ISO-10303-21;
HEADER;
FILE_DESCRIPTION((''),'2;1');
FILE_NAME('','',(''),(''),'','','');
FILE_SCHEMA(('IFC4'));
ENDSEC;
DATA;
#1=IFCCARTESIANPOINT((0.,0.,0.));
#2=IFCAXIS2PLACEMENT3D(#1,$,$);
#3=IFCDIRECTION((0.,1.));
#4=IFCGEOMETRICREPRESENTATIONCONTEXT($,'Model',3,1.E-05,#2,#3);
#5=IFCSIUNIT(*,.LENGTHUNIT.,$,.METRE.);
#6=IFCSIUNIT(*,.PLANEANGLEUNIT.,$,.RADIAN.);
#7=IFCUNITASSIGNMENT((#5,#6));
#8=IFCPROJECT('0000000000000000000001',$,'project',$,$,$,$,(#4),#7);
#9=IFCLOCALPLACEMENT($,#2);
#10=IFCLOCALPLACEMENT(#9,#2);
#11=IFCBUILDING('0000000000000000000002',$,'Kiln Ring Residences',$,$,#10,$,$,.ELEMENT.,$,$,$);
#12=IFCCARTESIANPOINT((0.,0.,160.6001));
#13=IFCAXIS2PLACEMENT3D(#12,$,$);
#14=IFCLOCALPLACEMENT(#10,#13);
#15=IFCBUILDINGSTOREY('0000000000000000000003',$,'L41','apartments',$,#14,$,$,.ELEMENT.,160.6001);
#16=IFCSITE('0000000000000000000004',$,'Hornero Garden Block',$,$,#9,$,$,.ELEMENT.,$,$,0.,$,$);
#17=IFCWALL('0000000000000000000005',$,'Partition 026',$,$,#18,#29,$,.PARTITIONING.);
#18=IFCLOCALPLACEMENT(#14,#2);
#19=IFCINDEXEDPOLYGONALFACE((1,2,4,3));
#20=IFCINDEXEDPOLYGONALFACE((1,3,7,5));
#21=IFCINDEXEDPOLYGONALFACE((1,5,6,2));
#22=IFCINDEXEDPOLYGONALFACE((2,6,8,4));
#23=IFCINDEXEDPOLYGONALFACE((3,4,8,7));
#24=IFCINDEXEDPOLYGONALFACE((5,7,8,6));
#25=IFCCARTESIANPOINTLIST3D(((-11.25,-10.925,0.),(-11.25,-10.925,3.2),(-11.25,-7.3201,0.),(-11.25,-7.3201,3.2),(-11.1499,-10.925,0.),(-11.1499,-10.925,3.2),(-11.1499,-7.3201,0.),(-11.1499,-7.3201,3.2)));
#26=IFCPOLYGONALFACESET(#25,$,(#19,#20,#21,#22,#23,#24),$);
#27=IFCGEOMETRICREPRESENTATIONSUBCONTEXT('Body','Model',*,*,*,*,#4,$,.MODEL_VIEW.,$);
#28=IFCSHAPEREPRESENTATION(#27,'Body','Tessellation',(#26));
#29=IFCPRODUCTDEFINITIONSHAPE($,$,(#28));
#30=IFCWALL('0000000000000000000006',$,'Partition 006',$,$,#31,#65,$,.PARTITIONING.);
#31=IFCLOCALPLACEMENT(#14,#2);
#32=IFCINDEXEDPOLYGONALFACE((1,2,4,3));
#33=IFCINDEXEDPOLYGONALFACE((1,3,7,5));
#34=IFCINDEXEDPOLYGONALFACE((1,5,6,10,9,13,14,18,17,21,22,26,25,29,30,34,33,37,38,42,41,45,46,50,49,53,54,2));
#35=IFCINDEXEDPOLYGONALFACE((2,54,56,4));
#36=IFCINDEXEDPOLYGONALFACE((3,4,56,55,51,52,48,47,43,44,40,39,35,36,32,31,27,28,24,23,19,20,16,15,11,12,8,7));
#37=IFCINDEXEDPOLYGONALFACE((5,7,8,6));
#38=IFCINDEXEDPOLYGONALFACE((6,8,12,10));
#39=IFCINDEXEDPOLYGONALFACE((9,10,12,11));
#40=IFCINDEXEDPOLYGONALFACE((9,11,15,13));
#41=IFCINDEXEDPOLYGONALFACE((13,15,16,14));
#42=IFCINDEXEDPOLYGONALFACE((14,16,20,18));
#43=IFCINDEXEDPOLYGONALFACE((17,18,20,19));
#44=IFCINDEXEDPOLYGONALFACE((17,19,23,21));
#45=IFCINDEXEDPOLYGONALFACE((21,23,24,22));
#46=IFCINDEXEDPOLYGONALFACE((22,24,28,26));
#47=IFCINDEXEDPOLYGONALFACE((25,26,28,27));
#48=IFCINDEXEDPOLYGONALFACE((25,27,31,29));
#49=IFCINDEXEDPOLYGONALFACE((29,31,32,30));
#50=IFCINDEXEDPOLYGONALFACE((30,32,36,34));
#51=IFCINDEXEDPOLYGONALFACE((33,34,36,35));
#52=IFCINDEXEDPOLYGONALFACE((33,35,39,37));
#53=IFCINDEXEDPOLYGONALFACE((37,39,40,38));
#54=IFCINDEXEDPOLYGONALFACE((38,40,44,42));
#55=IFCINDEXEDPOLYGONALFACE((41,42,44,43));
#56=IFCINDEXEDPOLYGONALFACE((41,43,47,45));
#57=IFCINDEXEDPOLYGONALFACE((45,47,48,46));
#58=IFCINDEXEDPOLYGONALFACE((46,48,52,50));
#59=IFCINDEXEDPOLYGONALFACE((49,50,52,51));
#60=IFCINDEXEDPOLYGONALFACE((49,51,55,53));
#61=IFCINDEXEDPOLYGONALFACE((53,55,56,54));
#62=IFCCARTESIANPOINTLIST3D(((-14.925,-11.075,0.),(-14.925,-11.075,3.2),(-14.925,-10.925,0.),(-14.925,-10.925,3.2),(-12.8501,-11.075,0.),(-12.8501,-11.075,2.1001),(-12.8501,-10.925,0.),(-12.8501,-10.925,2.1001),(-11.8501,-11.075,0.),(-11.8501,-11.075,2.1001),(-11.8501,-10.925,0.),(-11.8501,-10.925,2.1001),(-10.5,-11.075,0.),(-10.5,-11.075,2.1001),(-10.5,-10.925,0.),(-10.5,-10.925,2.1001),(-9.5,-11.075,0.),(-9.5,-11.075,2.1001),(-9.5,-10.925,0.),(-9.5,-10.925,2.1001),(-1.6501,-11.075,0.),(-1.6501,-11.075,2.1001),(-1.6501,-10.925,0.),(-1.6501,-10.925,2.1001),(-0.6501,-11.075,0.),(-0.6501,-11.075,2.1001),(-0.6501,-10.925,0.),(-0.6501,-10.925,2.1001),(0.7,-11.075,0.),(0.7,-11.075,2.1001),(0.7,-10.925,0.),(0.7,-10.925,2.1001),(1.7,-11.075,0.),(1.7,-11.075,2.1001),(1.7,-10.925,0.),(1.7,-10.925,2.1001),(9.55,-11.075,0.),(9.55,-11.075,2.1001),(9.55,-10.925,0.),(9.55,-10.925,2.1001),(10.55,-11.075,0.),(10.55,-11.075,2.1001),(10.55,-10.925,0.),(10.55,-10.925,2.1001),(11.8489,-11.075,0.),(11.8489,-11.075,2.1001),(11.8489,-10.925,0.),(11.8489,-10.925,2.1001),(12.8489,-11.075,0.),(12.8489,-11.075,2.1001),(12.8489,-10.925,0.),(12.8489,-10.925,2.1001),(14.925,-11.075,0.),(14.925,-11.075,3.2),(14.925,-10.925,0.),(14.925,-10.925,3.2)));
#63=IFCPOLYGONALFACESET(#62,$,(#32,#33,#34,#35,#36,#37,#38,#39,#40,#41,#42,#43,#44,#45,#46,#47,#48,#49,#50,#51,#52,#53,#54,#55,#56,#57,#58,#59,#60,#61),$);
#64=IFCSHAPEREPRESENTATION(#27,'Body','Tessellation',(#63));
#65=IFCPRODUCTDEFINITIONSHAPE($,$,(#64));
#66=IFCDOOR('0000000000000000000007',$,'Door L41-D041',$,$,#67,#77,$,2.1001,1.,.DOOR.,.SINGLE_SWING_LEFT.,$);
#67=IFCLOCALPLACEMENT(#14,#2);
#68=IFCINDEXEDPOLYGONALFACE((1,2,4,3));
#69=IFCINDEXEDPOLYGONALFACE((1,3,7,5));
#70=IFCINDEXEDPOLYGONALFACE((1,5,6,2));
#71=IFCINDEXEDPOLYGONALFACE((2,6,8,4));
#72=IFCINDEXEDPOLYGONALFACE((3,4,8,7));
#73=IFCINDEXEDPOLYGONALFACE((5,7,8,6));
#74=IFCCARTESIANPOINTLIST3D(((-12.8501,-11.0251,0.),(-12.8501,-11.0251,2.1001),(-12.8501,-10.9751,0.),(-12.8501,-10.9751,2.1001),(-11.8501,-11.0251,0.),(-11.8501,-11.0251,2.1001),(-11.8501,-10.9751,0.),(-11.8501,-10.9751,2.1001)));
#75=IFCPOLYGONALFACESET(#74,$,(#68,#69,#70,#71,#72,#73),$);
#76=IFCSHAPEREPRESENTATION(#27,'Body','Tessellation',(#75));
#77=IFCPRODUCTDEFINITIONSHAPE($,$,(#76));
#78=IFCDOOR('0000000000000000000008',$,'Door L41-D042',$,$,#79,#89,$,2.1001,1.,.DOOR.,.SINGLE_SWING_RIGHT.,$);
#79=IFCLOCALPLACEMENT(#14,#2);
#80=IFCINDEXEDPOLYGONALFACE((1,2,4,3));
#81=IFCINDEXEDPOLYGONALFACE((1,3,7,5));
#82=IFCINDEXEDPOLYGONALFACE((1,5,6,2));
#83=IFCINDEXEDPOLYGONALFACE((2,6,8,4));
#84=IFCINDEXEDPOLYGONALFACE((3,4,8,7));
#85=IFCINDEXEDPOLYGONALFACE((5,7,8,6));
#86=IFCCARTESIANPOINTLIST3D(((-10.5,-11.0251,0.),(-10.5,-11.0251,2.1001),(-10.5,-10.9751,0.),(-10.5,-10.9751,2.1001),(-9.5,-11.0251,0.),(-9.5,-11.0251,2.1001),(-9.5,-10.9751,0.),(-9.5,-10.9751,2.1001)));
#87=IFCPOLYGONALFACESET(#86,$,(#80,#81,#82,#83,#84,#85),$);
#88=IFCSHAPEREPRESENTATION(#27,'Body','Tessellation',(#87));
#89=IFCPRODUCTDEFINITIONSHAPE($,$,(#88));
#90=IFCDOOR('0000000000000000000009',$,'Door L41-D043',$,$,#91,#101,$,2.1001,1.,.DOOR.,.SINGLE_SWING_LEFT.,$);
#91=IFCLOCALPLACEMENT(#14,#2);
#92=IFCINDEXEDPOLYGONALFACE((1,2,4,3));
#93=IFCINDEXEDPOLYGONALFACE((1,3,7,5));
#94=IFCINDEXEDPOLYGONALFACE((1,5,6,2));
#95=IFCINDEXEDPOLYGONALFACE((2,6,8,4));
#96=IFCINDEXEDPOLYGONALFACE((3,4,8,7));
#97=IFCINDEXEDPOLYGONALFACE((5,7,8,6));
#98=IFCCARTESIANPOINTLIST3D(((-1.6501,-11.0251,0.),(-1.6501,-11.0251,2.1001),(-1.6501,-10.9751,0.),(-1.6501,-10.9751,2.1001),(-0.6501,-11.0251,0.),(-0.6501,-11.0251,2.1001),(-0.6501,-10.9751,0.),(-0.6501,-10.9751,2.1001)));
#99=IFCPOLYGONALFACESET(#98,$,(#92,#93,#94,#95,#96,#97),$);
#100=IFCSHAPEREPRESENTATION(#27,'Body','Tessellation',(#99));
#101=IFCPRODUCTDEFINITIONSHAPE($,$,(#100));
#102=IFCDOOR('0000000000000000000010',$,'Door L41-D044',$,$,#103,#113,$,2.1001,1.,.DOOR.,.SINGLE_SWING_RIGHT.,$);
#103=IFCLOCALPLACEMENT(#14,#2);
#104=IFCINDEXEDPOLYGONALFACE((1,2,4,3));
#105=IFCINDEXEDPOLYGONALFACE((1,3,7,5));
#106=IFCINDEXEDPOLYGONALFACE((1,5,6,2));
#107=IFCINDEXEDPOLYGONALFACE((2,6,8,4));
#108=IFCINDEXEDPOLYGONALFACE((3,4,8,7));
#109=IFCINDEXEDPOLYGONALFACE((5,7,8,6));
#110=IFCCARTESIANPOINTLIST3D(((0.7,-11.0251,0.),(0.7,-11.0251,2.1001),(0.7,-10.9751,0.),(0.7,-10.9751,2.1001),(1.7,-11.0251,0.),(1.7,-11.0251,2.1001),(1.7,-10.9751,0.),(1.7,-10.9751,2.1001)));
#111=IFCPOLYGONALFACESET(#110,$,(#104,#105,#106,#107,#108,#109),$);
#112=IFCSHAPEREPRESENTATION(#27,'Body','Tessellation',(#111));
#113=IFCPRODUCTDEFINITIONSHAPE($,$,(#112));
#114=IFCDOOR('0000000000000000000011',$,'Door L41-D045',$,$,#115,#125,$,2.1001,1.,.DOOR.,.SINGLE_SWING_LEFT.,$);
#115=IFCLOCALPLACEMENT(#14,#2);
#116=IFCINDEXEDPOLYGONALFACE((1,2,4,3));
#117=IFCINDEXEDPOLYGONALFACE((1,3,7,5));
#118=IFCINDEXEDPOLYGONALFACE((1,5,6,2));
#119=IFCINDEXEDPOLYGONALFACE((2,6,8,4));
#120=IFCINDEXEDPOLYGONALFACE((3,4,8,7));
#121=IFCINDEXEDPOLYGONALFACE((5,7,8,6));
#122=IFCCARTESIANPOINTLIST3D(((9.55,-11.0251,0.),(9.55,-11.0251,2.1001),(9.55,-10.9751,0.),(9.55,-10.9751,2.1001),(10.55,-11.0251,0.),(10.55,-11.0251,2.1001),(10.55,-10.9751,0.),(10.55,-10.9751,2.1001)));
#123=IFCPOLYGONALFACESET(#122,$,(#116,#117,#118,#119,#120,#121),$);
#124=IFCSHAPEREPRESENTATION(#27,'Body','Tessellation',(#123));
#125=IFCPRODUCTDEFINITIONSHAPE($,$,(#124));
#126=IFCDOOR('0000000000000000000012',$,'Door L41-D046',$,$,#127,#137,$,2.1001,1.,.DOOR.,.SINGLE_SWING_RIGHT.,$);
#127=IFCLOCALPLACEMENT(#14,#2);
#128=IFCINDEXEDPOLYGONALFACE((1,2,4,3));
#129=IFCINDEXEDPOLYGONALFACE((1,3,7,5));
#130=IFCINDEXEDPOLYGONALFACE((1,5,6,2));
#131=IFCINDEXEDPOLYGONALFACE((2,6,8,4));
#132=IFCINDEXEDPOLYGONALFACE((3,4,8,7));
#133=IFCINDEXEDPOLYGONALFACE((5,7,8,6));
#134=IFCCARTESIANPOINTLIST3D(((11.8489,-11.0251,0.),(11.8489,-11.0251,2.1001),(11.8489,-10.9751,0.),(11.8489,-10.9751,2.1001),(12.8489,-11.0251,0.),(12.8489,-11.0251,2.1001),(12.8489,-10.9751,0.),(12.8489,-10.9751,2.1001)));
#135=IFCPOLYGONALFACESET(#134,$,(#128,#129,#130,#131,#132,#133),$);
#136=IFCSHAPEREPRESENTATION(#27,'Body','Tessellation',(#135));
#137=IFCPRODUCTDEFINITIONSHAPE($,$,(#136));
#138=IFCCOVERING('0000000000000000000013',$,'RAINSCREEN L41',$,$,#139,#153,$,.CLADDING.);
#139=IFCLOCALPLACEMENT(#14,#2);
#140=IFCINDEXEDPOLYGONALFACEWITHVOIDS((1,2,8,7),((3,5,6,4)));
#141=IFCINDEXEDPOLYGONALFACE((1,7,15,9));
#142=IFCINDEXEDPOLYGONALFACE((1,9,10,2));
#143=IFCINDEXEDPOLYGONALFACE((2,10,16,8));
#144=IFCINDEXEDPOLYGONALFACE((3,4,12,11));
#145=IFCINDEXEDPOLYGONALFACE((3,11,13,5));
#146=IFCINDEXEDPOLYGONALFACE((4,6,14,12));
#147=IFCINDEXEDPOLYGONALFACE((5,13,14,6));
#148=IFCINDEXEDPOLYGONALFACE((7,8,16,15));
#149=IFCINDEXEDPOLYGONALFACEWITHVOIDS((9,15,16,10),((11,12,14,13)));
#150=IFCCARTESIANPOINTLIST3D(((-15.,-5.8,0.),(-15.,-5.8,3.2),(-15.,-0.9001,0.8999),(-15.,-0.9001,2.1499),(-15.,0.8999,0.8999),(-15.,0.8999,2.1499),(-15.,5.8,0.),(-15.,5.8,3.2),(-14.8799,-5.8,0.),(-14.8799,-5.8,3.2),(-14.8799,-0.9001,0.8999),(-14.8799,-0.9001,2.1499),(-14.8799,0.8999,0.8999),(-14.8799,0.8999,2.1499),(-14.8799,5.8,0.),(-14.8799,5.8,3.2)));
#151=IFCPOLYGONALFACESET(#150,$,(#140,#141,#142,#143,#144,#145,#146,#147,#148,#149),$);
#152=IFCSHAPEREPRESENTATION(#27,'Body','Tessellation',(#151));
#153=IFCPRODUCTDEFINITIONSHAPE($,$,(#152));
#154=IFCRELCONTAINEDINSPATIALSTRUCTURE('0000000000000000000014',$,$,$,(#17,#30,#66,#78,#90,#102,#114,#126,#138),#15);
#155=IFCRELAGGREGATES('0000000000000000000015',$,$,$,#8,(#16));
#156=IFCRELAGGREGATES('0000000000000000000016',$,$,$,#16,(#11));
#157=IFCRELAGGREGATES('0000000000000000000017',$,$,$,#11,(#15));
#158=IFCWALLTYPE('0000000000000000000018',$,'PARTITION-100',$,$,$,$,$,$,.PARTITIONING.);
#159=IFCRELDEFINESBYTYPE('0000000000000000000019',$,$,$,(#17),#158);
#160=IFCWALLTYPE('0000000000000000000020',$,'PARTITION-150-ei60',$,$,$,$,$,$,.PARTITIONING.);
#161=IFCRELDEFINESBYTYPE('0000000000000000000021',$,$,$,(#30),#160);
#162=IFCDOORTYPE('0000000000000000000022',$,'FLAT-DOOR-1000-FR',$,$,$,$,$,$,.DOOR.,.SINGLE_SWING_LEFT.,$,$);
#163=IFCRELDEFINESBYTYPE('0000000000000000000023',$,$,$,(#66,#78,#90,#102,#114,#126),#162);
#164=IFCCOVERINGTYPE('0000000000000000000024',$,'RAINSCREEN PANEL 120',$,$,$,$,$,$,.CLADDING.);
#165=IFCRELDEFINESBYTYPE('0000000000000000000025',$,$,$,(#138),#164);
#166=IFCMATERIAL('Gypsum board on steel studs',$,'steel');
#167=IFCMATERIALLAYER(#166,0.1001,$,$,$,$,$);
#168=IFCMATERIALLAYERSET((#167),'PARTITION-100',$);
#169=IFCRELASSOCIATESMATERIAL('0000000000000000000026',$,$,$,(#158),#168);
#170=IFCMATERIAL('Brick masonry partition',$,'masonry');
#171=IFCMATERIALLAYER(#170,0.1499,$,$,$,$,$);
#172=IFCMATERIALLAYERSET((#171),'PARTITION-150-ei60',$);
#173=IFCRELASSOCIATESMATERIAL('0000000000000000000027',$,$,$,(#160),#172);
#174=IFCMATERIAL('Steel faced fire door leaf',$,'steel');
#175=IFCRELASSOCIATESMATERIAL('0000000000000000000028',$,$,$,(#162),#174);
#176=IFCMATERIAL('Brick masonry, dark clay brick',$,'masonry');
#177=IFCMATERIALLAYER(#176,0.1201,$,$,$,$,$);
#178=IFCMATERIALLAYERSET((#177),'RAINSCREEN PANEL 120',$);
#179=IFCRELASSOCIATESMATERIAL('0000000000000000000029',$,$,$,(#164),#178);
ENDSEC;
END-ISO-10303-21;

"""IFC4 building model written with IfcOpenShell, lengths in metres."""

from ifc_helpers import new_model, si_unit, direction, frame, frame_2d, origin, place, context, subcontext, project, spatial, polyline, rectangle, outline, extrude, material, layer, layer_set, type_object, element, fill, save


model = new_model("IFC4")

# Units and contexts
model_context = context("Model", 3, precision=1e-05, world=origin(), true_north=direction((0.0, 1.0)))
body_context = subcontext(model_context, "Body", "Model", "MODEL_VIEW")
ifc_project = project(units=[si_unit("LENGTHUNIT", "METRE"), si_unit("PLANEANGLEUNIT", "RADIAN")], contexts=[model_context])

# Site, building, storey
site_placement = place(None, origin())
site = spatial("IfcSite", under=ifc_project, at=site_placement, Name="Hornero Garden Block", CompositionType="ELEMENT", RefElevation=0.0)
building_placement = place(site_placement, origin())
building = spatial("IfcBuilding", under=site, at=building_placement, Name="Kiln Ring Residences", CompositionType="ELEMENT")
storey_placement = place(building_placement, frame((0.0, 0.0, 160.6001)))
storey = spatial("IfcBuildingStorey", under=building, at=storey_placement, Name="L41", Description="apartments", CompositionType="ELEMENT", Elevation=160.6001)

# Wall
ifc_material_1 = material(Name="Gypsum board on steel studs", Category="steel")
ifc_layer_1 = layer(ifc_material_1, 0.1001)
ifc_layer_set_1 = layer_set([ifc_layer_1], Name="PARTITION-100")
wall_type_1 = type_object("IfcWallType", Name="PARTITION-100", PredefinedType="PARTITIONING", material=ifc_layer_set_1)
wall_1_placement = place(storey_placement, frame((-11.2, -10.925, 0.0), z_axis=(0.0, 0.0, 1.0), x_axis=(0.0, 1.0, 0.0)))
element("IfcWall", 1, at=wall_1_placement, inside=storey, type_object=wall_type_1, Name="Partition 026", PredefinedType="PARTITIONING", context=body_context, shape_type="SweptSolid", body=[
    extrude(rectangle(XDim=3.605, YDim=0.1001, at=frame_2d((1.8025, 0.0))), origin(), (0.0, 0.0, 1.0), 3.2),
])

# Wall, openings, doors
ifc_material_2 = material(Name="Brick masonry partition", Category="masonry")
ifc_layer_2 = layer(ifc_material_2, 0.1499)
ifc_layer_set_2 = layer_set([ifc_layer_2], Name="PARTITION-150-ei60")
wall_type_2 = type_object("IfcWallType", Name="PARTITION-150-ei60", PredefinedType="PARTITIONING", material=ifc_layer_set_2)
wall_2_placement = place(storey_placement, frame((-14.925, -11.0, 0.0), z_axis=(0.0, 0.0, 1.0), x_axis=(1.0, 0.0, 0.0)))
wall_2 = element("IfcWall", 2, at=wall_2_placement, inside=storey, type_object=wall_type_2, Name="Partition 006", PredefinedType="PARTITIONING", context=body_context, shape_type="SweptSolid", body=[
    extrude(rectangle(XDim=29.8501, YDim=0.1499, at=frame_2d((14.925, 0.0))), origin(), (0.0, 0.0, 1.0), 3.2),
])
opening_1_placement = place(wall_2_placement, frame((2.075, 0.0, 0.0)))
opening_1 = element("IfcOpeningElement", 3, at=opening_1_placement, cuts=wall_2, PredefinedType="OPENING", context=body_context, shape_type="SweptSolid", body=[
    extrude(rectangle(XDim=1.0, YDim=2.1001, at=frame_2d((0.5, 1.05))), frame((0.0, 0.085, 0.0), z_axis=(0.0, -1.0, 0.0), x_axis=(1.0, 0.0, 0.0)), (0.0, 0.0, 1.0), 0.1699),
])
opening_2_placement = place(wall_2_placement, frame((4.425, 0.0, 0.0)))
opening_2 = element("IfcOpeningElement", 4, at=opening_2_placement, cuts=wall_2, PredefinedType="OPENING", context=body_context, shape_type="SweptSolid", body=[
    extrude(rectangle(XDim=1.0, YDim=2.1001, at=frame_2d((0.5, 1.05))), frame((0.0, 0.085, 0.0), z_axis=(0.0, -1.0, 0.0), x_axis=(1.0, 0.0, 0.0)), (0.0, 0.0, 1.0), 0.1699),
])
opening_3_placement = place(wall_2_placement, frame((13.2749, 0.0, 0.0)))
opening_3 = element("IfcOpeningElement", 5, at=opening_3_placement, cuts=wall_2, PredefinedType="OPENING", context=body_context, shape_type="SweptSolid", body=[
    extrude(rectangle(XDim=1.0, YDim=2.1001, at=frame_2d((0.5, 1.05))), frame((0.0, 0.085, 0.0), z_axis=(0.0, -1.0, 0.0), x_axis=(1.0, 0.0, 0.0)), (0.0, 0.0, 1.0), 0.1699),
])
opening_4_placement = place(wall_2_placement, frame((15.625, 0.0, 0.0)))
opening_4 = element("IfcOpeningElement", 6, at=opening_4_placement, cuts=wall_2, PredefinedType="OPENING", context=body_context, shape_type="SweptSolid", body=[
    extrude(rectangle(XDim=1.0, YDim=2.1001, at=frame_2d((0.5, 1.05))), frame((0.0, 0.085, 0.0), z_axis=(0.0, -1.0, 0.0), x_axis=(1.0, 0.0, 0.0)), (0.0, 0.0, 1.0), 0.1699),
])
opening_5_placement = place(wall_2_placement, frame((24.4751, 0.0, 0.0)))
opening_5 = element("IfcOpeningElement", 7, at=opening_5_placement, cuts=wall_2, PredefinedType="OPENING", context=body_context, shape_type="SweptSolid", body=[
    extrude(rectangle(XDim=1.0, YDim=2.1001, at=frame_2d((0.5, 1.05))), frame((0.0, 0.085, 0.0), z_axis=(0.0, -1.0, 0.0), x_axis=(1.0, 0.0, 0.0)), (0.0, 0.0, 1.0), 0.1699),
])
opening_6_placement = place(wall_2_placement, frame((26.7739, 0.0, 0.0)))
opening_6 = element("IfcOpeningElement", 8, at=opening_6_placement, cuts=wall_2, PredefinedType="OPENING", context=body_context, shape_type="SweptSolid", body=[
    extrude(rectangle(XDim=1.0, YDim=2.1001, at=frame_2d((0.5, 1.05))), frame((0.0, 0.085, 0.0), z_axis=(0.0, -1.0, 0.0), x_axis=(1.0, 0.0, 0.0)), (0.0, 0.0, 1.0), 0.1699),
])
ifc_material_3 = material(Name="Steel faced fire door leaf", Category="steel")
door_type_1 = type_object("IfcDoorType", Name="FLAT-DOOR-1000-FR", OperationType="SINGLE_SWING_LEFT", PredefinedType="DOOR", material=ifc_material_3)
door_1_placement = place(opening_1_placement, origin())
door_1 = element("IfcDoor", 9, at=door_1_placement, inside=storey, type_object=door_type_1, Name="Door L41-D041", OperationType="SINGLE_SWING_LEFT", OverallHeight=2.1001, OverallWidth=1.0, PredefinedType="DOOR", context=body_context, shape_type="SweptSolid", body=[
    extrude(rectangle(XDim=1.0, YDim=2.1001, at=frame_2d((0.5, 1.05))), frame((0.0, 0.0249, 0.0), z_axis=(0.0, -1.0, 0.0), x_axis=(1.0, 0.0, 0.0)), (0.0, 0.0, 1.0), 0.05),
])
fill(opening_1, door_1)
door_2_placement = place(opening_2_placement, origin())
door_2 = element("IfcDoor", 10, at=door_2_placement, inside=storey, type_object=door_type_1, Name="Door L41-D042", OperationType="SINGLE_SWING_RIGHT", OverallHeight=2.1001, OverallWidth=1.0, PredefinedType="DOOR", context=body_context, shape_type="SweptSolid", body=[
    extrude(rectangle(XDim=1.0, YDim=2.1001, at=frame_2d((0.5, 1.05))), frame((0.0, 0.0249, 0.0), z_axis=(0.0, -1.0, 0.0), x_axis=(1.0, 0.0, 0.0)), (0.0, 0.0, 1.0), 0.05),
])
fill(opening_2, door_2)
door_3_placement = place(opening_3_placement, origin())
door_3 = element("IfcDoor", 11, at=door_3_placement, inside=storey, type_object=door_type_1, Name="Door L41-D043", OperationType="SINGLE_SWING_LEFT", OverallHeight=2.1001, OverallWidth=1.0, PredefinedType="DOOR", context=body_context, shape_type="SweptSolid", body=[
    extrude(rectangle(XDim=1.0, YDim=2.1001, at=frame_2d((0.5, 1.05))), frame((0.0, 0.0249, 0.0), z_axis=(0.0, -1.0, 0.0), x_axis=(1.0, 0.0, 0.0)), (0.0, 0.0, 1.0), 0.05),
])
fill(opening_3, door_3)
door_4_placement = place(opening_4_placement, origin())
door_4 = element("IfcDoor", 12, at=door_4_placement, inside=storey, type_object=door_type_1, Name="Door L41-D044", OperationType="SINGLE_SWING_RIGHT", OverallHeight=2.1001, OverallWidth=1.0, PredefinedType="DOOR", context=body_context, shape_type="SweptSolid", body=[
    extrude(rectangle(XDim=1.0, YDim=2.1001, at=frame_2d((0.5, 1.05))), frame((0.0, 0.0249, 0.0), z_axis=(0.0, -1.0, 0.0), x_axis=(1.0, 0.0, 0.0)), (0.0, 0.0, 1.0), 0.05),
])
fill(opening_4, door_4)
door_5_placement = place(opening_5_placement, origin())
door_5 = element("IfcDoor", 13, at=door_5_placement, inside=storey, type_object=door_type_1, Name="Door L41-D045", OperationType="SINGLE_SWING_LEFT", OverallHeight=2.1001, OverallWidth=1.0, PredefinedType="DOOR", context=body_context, shape_type="SweptSolid", body=[
    extrude(rectangle(XDim=1.0, YDim=2.1001, at=frame_2d((0.5, 1.05))), frame((0.0, 0.0249, 0.0), z_axis=(0.0, -1.0, 0.0), x_axis=(1.0, 0.0, 0.0)), (0.0, 0.0, 1.0), 0.05),
])
fill(opening_5, door_5)
door_6_placement = place(opening_6_placement, origin())
door_6 = element("IfcDoor", 14, at=door_6_placement, inside=storey, type_object=door_type_1, Name="Door L41-D046", OperationType="SINGLE_SWING_RIGHT", OverallHeight=2.1001, OverallWidth=1.0, PredefinedType="DOOR", context=body_context, shape_type="SweptSolid", body=[
    extrude(rectangle(XDim=1.0, YDim=2.1001, at=frame_2d((0.5, 1.05))), frame((0.0, 0.0249, 0.0), z_axis=(0.0, -1.0, 0.0), x_axis=(1.0, 0.0, 0.0)), (0.0, 0.0, 1.0), 0.05),
])
fill(opening_6, door_6)

# Covering
ifc_material_4 = material(Name="Brick masonry, dark clay brick", Category="masonry")
ifc_layer_3 = layer(ifc_material_4, 0.1201)
ifc_layer_set_3 = layer_set([ifc_layer_3], Name="RAINSCREEN PANEL 120")
covering_type = type_object("IfcCoveringType", Name="RAINSCREEN PANEL 120", PredefinedType="CLADDING", material=ifc_layer_set_3)
covering_placement = place(storey_placement, frame((-14.9399, -5.8, 0.0), z_axis=(0.0, 0.0, 1.0), x_axis=(0.0, 1.0, 0.0)))
element("IfcCovering", 15, at=covering_placement, inside=storey, type_object=covering_type, Name="RAINSCREEN L41", PredefinedType="CLADDING", context=body_context, shape_type="SweptSolid", body=[
    extrude(outline(polyline([(0.0, 0.0), (11.6001, 0.0), (11.6001, 3.2), (0.0, 3.2), (0.0, 0.0)]), holes=[polyline([(4.8999, 2.1499), (4.8999, 0.8999), (6.7, 0.8999), (6.7, 2.1499), (4.8999, 2.1499)])]), frame((0.0, 0.0601, 0.0), z_axis=(0.0, -1.0, 0.0), x_axis=(1.0, 0.0, 0.0)), (0.0, 0.0, 1.0), 0.1201),
])

save(model, "model.ifc")
